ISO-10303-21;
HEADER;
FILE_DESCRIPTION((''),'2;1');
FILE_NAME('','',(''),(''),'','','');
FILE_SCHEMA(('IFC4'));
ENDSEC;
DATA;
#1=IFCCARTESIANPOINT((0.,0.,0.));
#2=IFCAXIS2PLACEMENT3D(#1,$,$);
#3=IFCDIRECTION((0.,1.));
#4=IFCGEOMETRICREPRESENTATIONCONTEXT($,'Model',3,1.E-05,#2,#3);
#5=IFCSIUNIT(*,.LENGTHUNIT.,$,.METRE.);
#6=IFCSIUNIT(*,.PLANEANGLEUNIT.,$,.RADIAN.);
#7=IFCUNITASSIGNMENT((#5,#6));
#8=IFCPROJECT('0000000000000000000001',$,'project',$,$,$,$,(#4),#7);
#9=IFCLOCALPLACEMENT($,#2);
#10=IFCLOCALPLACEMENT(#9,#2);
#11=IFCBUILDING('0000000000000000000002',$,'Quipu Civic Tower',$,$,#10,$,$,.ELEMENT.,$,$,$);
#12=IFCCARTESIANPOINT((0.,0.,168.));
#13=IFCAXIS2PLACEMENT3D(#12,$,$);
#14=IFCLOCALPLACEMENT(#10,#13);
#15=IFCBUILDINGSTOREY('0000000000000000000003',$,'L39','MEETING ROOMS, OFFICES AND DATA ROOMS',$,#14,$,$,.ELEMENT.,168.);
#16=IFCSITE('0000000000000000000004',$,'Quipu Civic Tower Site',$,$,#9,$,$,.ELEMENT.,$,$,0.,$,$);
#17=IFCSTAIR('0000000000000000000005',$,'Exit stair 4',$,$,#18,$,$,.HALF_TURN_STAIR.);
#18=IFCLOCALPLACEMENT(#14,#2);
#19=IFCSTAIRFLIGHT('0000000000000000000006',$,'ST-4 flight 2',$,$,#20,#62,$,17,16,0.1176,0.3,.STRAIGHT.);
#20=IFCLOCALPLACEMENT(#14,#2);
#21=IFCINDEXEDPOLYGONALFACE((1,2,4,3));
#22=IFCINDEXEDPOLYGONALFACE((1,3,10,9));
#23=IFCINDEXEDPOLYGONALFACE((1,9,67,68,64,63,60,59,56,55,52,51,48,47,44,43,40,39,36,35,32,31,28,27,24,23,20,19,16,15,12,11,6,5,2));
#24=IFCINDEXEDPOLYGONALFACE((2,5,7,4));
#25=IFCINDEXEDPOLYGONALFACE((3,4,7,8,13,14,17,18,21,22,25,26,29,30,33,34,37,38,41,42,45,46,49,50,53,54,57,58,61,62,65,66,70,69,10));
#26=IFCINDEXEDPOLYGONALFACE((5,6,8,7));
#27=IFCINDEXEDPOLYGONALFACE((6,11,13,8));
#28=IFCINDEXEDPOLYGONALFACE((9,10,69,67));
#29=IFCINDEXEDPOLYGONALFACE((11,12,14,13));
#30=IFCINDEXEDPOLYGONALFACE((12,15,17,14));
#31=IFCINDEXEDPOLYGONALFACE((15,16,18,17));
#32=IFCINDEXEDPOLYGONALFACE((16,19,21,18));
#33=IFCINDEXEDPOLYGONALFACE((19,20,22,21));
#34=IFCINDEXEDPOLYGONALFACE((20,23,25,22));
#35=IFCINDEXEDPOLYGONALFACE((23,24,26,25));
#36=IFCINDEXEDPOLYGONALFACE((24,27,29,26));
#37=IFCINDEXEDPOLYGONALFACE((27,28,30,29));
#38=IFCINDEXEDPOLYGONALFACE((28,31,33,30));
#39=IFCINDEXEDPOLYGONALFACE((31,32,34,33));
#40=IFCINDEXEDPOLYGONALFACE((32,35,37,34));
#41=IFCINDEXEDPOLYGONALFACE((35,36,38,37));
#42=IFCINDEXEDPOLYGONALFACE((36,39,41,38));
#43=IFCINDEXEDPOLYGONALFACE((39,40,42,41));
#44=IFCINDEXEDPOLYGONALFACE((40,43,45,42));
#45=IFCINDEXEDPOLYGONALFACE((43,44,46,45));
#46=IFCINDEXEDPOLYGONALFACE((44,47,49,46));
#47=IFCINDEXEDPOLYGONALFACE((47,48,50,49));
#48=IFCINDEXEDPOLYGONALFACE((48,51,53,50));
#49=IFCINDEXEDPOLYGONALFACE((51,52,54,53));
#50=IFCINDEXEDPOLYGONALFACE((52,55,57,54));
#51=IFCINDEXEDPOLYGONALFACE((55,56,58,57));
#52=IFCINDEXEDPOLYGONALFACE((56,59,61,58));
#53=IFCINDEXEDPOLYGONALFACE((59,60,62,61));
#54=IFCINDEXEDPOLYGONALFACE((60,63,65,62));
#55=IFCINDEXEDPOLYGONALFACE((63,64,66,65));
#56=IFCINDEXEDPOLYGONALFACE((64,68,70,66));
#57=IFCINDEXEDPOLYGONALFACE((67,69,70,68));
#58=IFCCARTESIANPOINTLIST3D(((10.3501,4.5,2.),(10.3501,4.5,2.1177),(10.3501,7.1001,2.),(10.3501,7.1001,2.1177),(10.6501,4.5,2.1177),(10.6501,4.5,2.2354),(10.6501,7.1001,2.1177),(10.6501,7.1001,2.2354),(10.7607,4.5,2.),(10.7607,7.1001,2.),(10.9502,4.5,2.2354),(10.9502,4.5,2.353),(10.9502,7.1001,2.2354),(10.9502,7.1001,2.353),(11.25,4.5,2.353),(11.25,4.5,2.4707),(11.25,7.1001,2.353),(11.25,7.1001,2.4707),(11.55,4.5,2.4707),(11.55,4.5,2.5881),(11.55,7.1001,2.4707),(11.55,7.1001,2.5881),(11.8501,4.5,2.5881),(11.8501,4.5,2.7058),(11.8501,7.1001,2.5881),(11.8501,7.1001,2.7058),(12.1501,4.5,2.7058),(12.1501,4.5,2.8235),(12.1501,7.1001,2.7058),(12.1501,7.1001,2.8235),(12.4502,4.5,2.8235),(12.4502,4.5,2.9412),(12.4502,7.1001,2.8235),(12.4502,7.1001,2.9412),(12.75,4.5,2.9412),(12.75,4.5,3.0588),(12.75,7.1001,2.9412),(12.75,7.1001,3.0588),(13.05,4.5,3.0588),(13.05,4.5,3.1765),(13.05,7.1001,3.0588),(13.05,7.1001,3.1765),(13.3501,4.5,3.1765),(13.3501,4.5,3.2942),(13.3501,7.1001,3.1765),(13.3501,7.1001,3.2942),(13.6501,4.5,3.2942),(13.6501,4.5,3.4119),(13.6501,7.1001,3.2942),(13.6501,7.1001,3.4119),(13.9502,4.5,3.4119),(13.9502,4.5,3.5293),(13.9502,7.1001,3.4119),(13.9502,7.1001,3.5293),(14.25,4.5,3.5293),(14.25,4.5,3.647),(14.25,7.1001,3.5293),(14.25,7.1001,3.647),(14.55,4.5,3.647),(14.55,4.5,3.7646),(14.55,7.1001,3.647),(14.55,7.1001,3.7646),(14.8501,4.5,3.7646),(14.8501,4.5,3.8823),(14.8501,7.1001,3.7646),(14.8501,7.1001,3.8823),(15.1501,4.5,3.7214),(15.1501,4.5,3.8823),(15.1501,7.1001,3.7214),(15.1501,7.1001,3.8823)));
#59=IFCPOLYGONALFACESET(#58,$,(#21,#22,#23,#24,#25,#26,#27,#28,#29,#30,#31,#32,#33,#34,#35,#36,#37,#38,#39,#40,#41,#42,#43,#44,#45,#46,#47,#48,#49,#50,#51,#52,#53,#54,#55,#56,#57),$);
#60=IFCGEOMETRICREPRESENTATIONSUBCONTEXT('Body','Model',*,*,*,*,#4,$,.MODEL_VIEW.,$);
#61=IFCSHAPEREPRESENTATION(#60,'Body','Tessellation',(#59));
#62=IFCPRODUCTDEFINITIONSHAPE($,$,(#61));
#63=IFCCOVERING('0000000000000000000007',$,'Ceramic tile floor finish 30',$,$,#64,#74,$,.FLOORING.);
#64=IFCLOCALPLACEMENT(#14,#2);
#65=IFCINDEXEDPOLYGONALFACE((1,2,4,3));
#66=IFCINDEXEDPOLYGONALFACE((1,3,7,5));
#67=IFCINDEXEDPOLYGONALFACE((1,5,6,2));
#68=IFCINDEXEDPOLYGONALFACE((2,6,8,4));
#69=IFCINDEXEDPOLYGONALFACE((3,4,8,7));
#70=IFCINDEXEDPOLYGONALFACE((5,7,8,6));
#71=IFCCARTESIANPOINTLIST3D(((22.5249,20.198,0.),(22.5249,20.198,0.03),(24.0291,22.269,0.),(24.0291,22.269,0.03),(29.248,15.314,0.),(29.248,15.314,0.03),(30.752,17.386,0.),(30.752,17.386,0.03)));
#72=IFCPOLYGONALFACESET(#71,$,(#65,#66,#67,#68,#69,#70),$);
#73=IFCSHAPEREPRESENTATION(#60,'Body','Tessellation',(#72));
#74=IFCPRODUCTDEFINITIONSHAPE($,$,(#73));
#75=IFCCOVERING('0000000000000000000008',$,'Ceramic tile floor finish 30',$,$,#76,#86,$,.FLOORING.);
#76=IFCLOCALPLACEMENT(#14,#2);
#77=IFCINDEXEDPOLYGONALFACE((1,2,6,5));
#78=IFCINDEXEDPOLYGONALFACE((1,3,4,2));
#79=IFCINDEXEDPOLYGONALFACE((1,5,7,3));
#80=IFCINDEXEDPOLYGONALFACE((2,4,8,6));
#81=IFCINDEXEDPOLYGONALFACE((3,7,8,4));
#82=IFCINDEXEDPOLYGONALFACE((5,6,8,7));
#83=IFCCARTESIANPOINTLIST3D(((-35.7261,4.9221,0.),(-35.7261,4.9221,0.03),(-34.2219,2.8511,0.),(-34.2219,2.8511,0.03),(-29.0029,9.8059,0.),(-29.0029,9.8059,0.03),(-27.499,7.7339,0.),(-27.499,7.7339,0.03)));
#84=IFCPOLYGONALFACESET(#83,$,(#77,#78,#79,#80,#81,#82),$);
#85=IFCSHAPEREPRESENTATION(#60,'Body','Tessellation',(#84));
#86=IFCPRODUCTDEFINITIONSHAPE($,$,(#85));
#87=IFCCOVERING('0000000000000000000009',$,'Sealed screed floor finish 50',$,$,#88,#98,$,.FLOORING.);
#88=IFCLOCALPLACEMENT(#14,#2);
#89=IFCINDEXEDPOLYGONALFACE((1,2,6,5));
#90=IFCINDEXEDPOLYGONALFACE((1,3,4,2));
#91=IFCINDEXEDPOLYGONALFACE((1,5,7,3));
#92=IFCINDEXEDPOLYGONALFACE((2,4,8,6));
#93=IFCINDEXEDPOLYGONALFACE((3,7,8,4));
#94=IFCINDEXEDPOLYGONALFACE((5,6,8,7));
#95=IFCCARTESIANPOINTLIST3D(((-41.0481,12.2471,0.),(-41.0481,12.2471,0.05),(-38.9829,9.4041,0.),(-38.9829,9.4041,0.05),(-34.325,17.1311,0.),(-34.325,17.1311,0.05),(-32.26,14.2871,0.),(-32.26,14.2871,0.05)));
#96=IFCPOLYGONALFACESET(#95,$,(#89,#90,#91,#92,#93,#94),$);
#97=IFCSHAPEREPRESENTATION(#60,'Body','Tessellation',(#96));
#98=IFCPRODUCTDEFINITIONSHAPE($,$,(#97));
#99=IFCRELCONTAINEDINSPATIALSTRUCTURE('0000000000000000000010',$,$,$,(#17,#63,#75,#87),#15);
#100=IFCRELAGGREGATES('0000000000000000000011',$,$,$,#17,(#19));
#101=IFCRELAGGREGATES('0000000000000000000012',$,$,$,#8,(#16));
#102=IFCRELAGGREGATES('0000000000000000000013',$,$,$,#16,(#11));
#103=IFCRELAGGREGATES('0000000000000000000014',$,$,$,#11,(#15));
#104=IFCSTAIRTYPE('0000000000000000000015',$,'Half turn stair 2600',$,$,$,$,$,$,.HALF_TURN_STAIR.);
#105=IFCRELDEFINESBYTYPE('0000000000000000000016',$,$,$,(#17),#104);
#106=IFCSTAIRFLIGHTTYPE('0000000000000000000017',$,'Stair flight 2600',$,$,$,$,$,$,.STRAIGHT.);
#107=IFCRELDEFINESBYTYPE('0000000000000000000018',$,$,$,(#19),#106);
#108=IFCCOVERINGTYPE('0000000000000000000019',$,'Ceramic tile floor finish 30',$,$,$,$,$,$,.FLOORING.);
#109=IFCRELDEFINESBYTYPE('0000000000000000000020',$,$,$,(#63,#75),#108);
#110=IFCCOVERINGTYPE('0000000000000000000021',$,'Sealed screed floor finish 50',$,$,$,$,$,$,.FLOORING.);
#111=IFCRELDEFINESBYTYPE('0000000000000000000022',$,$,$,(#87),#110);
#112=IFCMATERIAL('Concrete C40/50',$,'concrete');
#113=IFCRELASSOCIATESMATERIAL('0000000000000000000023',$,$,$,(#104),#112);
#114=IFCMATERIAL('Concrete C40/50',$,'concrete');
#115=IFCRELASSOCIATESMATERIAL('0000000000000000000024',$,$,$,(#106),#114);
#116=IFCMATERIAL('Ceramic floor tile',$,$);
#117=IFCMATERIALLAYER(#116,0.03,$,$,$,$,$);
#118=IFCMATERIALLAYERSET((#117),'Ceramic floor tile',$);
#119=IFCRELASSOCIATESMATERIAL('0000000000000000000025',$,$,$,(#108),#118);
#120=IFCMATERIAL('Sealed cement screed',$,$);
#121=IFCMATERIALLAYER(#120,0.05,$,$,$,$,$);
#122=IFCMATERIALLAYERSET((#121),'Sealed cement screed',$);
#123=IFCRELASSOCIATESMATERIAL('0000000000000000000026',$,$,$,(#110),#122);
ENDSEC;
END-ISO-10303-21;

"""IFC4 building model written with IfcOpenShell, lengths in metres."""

from ifc_helpers import new_model, si_unit, direction, frame, origin, place, context, subcontext, project, spatial, polyline, outline, extrude, material, layer, layer_set, type_object, element, aggregate, save


model = new_model("IFC4")

# Units and contexts
model_context = context("Model", 3, precision=1e-05, world=origin(), true_north=direction((0.0, 1.0)))
body_context = subcontext(model_context, "Body", "Model", "MODEL_VIEW")
ifc_project = project(units=[si_unit("LENGTHUNIT", "METRE"), si_unit("PLANEANGLEUNIT", "RADIAN")], contexts=[model_context])

# Site, building, storey
site_placement = place(None, origin())
site = spatial("IfcSite", under=ifc_project, at=site_placement, Name="Quipu Civic Tower Site", CompositionType="ELEMENT", RefElevation=0.0)
building_placement = place(site_placement, origin())
building = spatial("IfcBuilding", under=site, at=building_placement, Name="Quipu Civic Tower", CompositionType="ELEMENT")
storey_placement = place(building_placement, frame((0.0, 0.0, 168.0)))
storey = spatial("IfcBuildingStorey", under=building, at=storey_placement, Name="L39", Description="MEETING ROOMS, OFFICES AND DATA ROOMS", CompositionType="ELEMENT", Elevation=168.0)

# Stair, stair flight
ifc_material_1 = material(Name="Concrete C40/50", Category="concrete")
stair_type = type_object("IfcStairType", Name="Half turn stair 2600", PredefinedType="HALF_TURN_STAIR", material=ifc_material_1)
stair_placement = place(storey_placement, origin())
stair = element("IfcStair", 1, at=stair_placement, inside=storey, type_object=stair_type, Name="Exit stair 4", PredefinedType="HALF_TURN_STAIR")
ifc_material_2 = material(Name="Concrete C40/50", Category="concrete")
stair_flight_type = type_object("IfcStairFlightType", Name="Stair flight 2600", PredefinedType="STRAIGHT", material=ifc_material_2)
stair_flight_1_placement = place(storey_placement, frame((10.3501, 5.8, 2.0), z_axis=(0.0, 0.0, 1.0), x_axis=(1.0, 0.0, 0.0)))
stair_flight_1 = element("IfcStairFlight", 2, at=stair_flight_1_placement, type_object=stair_flight_type, Name="ST-4 flight 2", NumberOfRisers=17, NumberOfTreads=16, PredefinedType="STRAIGHT", RiserHeight=0.1176, TreadLength=0.3, context=body_context, shape_type="SweptSolid", body=[
    extrude(outline(polyline([(0.0, 0.0), (0.0, 0.1177), (0.3, 0.1177), (0.3, 0.2354), (0.6001, 0.2354), (0.6001, 0.353), (0.8999, 0.353), (0.8999, 0.4707), (1.2, 0.4707), (1.2, 0.5881), (1.5, 0.5881), (1.5, 0.7058), (1.8, 0.7058), (1.8, 0.8235), (2.1001, 0.8235), (2.1001, 0.9412), (2.3999, 0.9412), (2.3999, 1.0588), (2.7, 1.0588), (2.7, 1.1765), (3.0, 1.1765), (3.0, 1.2942), (3.3, 1.2942), (3.3, 1.4119), (3.6001, 1.4119), (3.6001, 1.5293), (3.8999, 1.5293), (3.8999, 1.647), (4.2, 1.647), (4.2, 1.7646), (4.5, 1.7646), (4.5, 1.8823), (4.8, 1.8823), (4.8, 2.0), (4.8, 1.7214), (0.4106, 0.0), (0.0, 0.0)])), frame((0.0, 1.3, 0.0), z_axis=(0.0, -1.0, 0.0), x_axis=(1.0, 0.0, 0.0)), (0.0, 0.0, 1.0), 2.6001),
])
aggregate(stair, [stair_flight_1])

# Coverings
ifc_material_3 = material(Name="Ceramic floor tile")
ifc_layer_1 = layer(ifc_material_3, 0.03)
ifc_layer_set_1 = layer_set([ifc_layer_1], Name="Ceramic floor tile")
covering_type_1 = type_object("IfcCoveringType", Name="Ceramic tile floor finish 30", PredefinedType="FLOORING", material=ifc_layer_set_1)
covering_1_placement = place(storey_placement, origin())
element("IfcCovering", 3, at=covering_1_placement, inside=storey, type_object=covering_type_1, Name="Ceramic tile floor finish 30", PredefinedType="FLOORING", context=body_context, shape_type="SweptSolid", body=[
    extrude(outline(polyline([(22.5249, 20.198), (24.0291, 22.269), (30.752, 17.386), (29.248, 15.314), (22.5249, 20.198)])), origin(), (0.0, 0.0, 1.0), 0.03),
])
covering_2_placement = place(storey_placement, origin())
element("IfcCovering", 4, at=covering_2_placement, inside=storey, type_object=covering_type_1, Name="Ceramic tile floor finish 30", PredefinedType="FLOORING", context=body_context, shape_type="SweptSolid", body=[
    extrude(outline(polyline([(-35.7261, 4.9221), (-29.0029, 9.8059), (-27.499, 7.7339), (-34.2219, 2.8511), (-35.7261, 4.9221)])), origin(), (0.0, 0.0, 1.0), 0.03),
])
ifc_material_4 = material(Name="Sealed cement screed")
ifc_layer_2 = layer(ifc_material_4, 0.05)
ifc_layer_set_2 = layer_set([ifc_layer_2], Name="Sealed cement screed")
covering_type_2 = type_object("IfcCoveringType", Name="Sealed screed floor finish 50", PredefinedType="FLOORING", material=ifc_layer_set_2)
covering_3_placement = place(storey_placement, origin())
element("IfcCovering", 5, at=covering_3_placement, inside=storey, type_object=covering_type_2, Name="Sealed screed floor finish 50", PredefinedType="FLOORING", context=body_context, shape_type="SweptSolid", body=[
    extrude(outline(polyline([(-41.0481, 12.2471), (-34.325, 17.1311), (-32.26, 14.2871), (-38.9829, 9.4041), (-41.0481, 12.2471)])), origin(), (0.0, 0.0, 1.0), 0.05),
])

save(model, "model.ifc")
